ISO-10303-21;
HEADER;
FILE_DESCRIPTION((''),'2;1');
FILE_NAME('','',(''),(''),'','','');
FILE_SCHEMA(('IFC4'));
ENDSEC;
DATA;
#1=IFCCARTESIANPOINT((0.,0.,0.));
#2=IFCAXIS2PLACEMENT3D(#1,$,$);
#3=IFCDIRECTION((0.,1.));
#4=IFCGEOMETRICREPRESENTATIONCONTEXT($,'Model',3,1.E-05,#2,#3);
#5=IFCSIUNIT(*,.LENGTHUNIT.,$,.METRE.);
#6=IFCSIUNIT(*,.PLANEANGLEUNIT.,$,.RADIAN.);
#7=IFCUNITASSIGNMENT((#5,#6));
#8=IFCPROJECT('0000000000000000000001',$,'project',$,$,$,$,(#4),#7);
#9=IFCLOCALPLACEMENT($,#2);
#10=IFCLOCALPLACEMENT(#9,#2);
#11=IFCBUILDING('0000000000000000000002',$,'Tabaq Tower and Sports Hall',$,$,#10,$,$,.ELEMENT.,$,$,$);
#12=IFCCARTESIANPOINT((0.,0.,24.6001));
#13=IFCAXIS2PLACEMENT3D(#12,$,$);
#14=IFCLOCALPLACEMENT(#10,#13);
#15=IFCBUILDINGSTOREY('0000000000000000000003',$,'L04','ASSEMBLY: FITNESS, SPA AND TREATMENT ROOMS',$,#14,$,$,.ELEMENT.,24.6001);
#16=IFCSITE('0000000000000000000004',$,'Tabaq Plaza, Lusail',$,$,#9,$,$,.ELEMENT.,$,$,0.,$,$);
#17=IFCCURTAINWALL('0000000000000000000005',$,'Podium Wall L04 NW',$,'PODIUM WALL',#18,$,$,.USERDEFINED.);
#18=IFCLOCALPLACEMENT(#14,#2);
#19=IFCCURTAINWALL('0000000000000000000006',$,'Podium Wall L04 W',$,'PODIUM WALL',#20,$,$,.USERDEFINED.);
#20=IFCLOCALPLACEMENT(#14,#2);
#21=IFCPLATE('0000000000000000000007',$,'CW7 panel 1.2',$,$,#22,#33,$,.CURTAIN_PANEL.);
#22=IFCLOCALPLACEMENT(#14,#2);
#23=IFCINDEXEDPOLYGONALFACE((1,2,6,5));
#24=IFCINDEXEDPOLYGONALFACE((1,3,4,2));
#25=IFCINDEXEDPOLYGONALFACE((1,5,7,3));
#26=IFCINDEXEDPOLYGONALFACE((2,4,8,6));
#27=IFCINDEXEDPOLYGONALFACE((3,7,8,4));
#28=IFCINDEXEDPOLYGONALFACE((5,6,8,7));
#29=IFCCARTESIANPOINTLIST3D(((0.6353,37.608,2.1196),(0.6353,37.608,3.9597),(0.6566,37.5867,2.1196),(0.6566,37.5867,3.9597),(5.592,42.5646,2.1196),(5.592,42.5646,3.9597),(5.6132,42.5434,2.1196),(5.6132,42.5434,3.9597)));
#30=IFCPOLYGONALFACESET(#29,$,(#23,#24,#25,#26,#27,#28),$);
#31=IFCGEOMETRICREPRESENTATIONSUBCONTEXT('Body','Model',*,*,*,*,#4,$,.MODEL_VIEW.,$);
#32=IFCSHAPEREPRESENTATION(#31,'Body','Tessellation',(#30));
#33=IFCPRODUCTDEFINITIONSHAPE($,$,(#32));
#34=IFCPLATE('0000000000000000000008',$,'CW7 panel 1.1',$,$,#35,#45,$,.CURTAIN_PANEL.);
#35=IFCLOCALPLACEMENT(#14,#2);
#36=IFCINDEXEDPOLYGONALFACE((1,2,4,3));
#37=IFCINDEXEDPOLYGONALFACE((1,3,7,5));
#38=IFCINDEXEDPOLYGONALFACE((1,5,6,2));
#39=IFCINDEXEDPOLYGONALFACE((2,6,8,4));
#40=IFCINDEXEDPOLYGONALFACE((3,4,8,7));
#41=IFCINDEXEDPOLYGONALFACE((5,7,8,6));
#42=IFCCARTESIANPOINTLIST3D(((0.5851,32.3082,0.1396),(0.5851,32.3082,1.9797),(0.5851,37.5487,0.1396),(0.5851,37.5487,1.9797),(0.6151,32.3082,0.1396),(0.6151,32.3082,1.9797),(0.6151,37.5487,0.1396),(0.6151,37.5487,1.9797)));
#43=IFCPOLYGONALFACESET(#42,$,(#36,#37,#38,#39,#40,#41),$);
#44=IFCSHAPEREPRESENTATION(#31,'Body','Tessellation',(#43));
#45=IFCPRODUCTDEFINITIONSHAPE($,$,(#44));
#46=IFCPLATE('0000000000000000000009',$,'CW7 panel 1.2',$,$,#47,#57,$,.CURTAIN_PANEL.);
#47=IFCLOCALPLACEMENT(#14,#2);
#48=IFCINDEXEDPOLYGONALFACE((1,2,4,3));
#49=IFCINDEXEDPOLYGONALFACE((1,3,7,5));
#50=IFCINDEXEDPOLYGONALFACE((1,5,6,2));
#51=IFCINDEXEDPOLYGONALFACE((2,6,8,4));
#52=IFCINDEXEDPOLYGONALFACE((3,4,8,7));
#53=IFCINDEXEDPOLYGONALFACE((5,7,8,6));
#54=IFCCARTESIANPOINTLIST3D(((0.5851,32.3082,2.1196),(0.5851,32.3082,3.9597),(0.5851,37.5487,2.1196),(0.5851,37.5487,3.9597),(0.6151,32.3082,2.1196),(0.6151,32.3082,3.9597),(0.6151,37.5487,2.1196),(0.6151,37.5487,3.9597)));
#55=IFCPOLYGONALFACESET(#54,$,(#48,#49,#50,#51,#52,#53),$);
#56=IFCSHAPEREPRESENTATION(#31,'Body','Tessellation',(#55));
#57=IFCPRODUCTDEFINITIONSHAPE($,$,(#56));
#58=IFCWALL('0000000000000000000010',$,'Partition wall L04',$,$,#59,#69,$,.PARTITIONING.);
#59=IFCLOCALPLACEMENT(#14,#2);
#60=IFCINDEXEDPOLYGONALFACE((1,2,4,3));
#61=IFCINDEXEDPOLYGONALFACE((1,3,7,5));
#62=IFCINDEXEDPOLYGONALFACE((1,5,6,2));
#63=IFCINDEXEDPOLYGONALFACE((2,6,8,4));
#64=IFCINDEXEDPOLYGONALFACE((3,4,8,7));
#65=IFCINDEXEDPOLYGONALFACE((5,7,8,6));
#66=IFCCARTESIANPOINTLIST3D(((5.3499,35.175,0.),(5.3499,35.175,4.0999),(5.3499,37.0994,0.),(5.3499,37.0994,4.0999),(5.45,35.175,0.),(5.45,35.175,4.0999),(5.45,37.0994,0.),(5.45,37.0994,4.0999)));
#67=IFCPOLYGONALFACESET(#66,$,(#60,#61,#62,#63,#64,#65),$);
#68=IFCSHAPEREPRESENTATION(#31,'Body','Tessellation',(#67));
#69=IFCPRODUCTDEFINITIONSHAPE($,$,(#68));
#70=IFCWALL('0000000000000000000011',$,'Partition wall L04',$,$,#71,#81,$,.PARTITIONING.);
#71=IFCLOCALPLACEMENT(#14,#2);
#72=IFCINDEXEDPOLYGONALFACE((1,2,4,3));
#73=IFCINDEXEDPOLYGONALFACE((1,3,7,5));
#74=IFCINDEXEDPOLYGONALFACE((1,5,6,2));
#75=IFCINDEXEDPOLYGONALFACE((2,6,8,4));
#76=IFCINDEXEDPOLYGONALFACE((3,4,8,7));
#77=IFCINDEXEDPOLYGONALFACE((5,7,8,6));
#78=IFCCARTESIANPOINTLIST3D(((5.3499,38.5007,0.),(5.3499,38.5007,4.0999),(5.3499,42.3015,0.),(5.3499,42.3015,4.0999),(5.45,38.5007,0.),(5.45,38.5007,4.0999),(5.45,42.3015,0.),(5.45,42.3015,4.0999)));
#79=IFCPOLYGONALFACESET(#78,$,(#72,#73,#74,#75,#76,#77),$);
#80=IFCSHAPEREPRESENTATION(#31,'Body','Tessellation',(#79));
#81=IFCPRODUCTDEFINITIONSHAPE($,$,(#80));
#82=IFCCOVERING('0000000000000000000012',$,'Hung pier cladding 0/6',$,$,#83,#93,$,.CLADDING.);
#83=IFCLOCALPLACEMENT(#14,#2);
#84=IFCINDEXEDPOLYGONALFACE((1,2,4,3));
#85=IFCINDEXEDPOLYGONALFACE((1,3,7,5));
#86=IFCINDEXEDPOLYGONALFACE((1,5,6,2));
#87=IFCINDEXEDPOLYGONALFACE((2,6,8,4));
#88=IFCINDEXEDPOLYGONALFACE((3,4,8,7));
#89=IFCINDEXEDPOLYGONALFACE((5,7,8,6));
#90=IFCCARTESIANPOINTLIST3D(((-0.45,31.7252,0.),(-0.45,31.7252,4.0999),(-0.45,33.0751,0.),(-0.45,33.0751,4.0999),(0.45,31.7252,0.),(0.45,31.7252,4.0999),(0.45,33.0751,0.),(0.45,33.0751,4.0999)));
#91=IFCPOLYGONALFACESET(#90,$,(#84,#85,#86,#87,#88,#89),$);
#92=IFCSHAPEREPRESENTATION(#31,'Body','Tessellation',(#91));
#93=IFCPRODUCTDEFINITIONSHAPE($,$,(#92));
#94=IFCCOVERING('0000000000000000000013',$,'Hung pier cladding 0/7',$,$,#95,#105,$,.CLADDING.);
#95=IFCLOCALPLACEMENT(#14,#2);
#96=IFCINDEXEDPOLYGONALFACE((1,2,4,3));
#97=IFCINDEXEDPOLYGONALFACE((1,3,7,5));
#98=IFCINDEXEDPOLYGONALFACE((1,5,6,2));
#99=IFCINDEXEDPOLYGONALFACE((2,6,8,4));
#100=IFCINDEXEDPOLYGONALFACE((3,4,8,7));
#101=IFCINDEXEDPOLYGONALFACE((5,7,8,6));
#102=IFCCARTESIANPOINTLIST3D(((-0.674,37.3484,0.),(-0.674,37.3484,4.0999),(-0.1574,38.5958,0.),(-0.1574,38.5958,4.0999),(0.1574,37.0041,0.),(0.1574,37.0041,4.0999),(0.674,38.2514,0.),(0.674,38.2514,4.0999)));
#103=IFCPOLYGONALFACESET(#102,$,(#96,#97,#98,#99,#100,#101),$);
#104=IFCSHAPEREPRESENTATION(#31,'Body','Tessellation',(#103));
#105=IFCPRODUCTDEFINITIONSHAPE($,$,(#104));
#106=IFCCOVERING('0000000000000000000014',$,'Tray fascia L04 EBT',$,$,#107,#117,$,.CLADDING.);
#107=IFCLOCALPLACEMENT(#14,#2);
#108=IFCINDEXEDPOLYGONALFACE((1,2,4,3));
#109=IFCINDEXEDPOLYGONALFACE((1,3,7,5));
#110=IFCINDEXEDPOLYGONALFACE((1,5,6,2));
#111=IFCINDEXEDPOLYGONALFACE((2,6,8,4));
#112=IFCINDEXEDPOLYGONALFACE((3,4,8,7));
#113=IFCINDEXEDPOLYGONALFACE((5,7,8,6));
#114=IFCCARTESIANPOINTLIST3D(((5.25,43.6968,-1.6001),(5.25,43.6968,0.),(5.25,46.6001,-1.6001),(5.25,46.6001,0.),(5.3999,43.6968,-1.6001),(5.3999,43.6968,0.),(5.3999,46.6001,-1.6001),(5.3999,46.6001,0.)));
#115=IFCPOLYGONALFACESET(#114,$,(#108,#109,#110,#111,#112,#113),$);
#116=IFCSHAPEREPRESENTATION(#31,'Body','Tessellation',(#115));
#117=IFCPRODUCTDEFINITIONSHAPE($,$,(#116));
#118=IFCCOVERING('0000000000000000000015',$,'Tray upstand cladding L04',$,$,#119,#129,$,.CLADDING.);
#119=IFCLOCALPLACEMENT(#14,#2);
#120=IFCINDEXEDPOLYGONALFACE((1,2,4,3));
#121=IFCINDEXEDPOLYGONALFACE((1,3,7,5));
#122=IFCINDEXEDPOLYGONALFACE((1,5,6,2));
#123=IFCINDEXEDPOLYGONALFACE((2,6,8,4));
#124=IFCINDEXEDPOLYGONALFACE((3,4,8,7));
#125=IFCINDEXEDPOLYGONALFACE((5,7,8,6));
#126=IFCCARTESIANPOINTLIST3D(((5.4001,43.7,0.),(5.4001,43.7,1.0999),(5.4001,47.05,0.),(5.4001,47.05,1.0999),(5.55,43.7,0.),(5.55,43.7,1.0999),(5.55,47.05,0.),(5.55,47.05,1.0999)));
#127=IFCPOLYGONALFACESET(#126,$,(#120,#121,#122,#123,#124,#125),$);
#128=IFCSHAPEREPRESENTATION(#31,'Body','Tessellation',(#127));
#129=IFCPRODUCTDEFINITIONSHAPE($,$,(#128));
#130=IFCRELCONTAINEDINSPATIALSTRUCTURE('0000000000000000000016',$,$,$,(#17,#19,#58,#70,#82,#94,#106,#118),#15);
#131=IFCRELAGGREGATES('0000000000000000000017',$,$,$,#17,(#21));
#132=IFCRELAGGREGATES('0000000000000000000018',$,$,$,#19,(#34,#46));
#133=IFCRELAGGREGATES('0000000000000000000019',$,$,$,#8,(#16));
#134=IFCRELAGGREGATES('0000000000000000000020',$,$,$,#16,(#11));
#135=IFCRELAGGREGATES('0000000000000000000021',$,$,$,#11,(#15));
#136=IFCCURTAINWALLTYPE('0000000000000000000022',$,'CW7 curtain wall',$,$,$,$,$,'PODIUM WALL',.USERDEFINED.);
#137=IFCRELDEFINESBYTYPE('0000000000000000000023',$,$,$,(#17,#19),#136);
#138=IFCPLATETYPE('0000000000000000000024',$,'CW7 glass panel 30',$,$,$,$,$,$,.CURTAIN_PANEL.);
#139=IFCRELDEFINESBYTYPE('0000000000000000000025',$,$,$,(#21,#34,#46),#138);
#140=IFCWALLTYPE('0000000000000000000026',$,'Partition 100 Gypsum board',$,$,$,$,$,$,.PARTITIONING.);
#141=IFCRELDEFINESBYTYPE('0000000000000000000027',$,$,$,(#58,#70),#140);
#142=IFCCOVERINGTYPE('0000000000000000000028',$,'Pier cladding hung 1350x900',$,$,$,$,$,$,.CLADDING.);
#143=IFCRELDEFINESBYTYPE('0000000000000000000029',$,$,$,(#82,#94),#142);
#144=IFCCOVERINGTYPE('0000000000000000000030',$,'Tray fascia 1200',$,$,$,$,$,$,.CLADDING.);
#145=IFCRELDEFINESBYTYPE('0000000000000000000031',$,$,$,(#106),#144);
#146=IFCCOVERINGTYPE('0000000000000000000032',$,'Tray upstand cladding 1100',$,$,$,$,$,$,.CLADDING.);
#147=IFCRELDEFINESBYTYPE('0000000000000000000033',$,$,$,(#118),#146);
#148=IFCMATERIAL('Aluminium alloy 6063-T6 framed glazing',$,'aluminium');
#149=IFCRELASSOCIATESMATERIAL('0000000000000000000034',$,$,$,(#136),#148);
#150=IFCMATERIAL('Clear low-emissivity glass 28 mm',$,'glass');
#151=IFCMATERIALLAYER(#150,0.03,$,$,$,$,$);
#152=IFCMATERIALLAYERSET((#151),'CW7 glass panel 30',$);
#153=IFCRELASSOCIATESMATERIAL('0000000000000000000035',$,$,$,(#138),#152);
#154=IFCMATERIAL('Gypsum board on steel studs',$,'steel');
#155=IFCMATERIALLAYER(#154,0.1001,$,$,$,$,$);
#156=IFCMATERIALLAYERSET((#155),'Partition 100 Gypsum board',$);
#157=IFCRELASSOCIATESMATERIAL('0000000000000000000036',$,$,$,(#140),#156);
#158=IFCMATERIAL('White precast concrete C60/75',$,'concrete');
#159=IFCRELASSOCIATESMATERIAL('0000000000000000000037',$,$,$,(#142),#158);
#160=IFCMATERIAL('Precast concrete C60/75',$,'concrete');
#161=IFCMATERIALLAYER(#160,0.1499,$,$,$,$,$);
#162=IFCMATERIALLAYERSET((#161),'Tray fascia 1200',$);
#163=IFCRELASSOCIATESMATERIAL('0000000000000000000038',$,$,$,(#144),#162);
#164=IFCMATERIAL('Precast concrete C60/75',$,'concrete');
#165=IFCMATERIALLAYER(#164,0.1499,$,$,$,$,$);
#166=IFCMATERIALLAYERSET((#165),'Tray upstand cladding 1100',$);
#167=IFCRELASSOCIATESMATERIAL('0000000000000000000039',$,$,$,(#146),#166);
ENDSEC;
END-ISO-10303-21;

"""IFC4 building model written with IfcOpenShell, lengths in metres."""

from ifc_helpers import new_model, si_unit, direction, frame, frame_2d, origin, origin_2d, place, context, subcontext, project, spatial, rectangle, extrude, material, layer, layer_set, type_object, element, aggregate, save


model = new_model("IFC4")

# Units and contexts
model_context = context("Model", 3, precision=1e-05, world=origin(), true_north=direction((0.0, 1.0)))
body_context = subcontext(model_context, "Body", "Model", "MODEL_VIEW")
ifc_project = project(units=[si_unit("LENGTHUNIT", "METRE"), si_unit("PLANEANGLEUNIT", "RADIAN")], contexts=[model_context])

# Site, building, storey
site_placement = place(None, origin())
site = spatial("IfcSite", under=ifc_project, at=site_placement, Name="Tabaq Plaza, Lusail", CompositionType="ELEMENT", RefElevation=0.0)
building_placement = place(site_placement, origin())
building = spatial("IfcBuilding", under=site, at=building_placement, Name="Tabaq Tower and Sports Hall", CompositionType="ELEMENT")
storey_placement = place(building_placement, frame((0.0, 0.0, 24.6001)))
storey = spatial("IfcBuildingStorey", under=building, at=storey_placement, Name="L04", Description="ASSEMBLY: FITNESS, SPA AND TREATMENT ROOMS", CompositionType="ELEMENT", Elevation=24.6001)

# Curtain walls
ifc_material_1 = material(Name="Aluminium alloy 6063-T6 framed glazing", Category="aluminium")
curtain_wall_type = type_object("IfcCurtainWallType", Name="CW7 curtain wall", ElementType="PODIUM WALL", PredefinedType="USERDEFINED", material=ifc_material_1)
curtain_wall_1_placement = place(storey_placement, origin())
curtain_wall_1 = element("IfcCurtainWall", 1, at=curtain_wall_1_placement, inside=storey, type_object=curtain_wall_type, Name="Podium Wall L04 NW", ObjectType="PODIUM WALL", PredefinedType="USERDEFINED")
curtain_wall_2_placement = place(storey_placement, origin())
curtain_wall_2 = element("IfcCurtainWall", 2, at=curtain_wall_2_placement, inside=storey, type_object=curtain_wall_type, Name="Podium Wall L04 W", ObjectType="PODIUM WALL", PredefinedType="USERDEFINED")

# Plates
ifc_material_2 = material(Name="Clear low-emissivity glass 28 mm", Category="glass")
ifc_layer_1 = layer(ifc_material_2, 0.03)
ifc_layer_set_1 = layer_set([ifc_layer_1], Name="CW7 glass panel 30")
plate_type = type_object("IfcPlateType", Name="CW7 glass panel 30", PredefinedType="CURTAIN_PANEL", material=ifc_layer_set_1)
plate_1_placement = place(storey_placement, frame((3.1243, 40.0757, 2.1196), z_axis=(0.0, 0.0, 1.0), x_axis=(-0.707107, -0.707107, 0.0)))
plate_1 = element("IfcPlate", 3, at=plate_1_placement, type_object=plate_type, Name="CW7 panel 1.2", PredefinedType="CURTAIN_PANEL", context=body_context, shape_type="SweptSolid", body=[
    extrude(rectangle(XDim=7.0098, YDim=0.03, at=origin_2d()), origin(), (0.0, 0.0, 1.0), 1.8401),
])
aggregate(curtain_wall_1, [plate_1])
plate_2_placement = place(storey_placement, frame((0.6001, 34.9285, 0.1396), z_axis=(0.0, 0.0, 1.0), x_axis=(0.0, -1.0, 0.0)))
plate_2 = element("IfcPlate", 4, at=plate_2_placement, type_object=plate_type, Name="CW7 panel 1.1", PredefinedType="CURTAIN_PANEL", context=body_context, shape_type="SweptSolid", body=[
    extrude(rectangle(XDim=5.2405, YDim=0.03, at=origin_2d()), origin(), (0.0, 0.0, 1.0), 1.8401),
])
plate_3_placement = place(storey_placement, frame((0.6001, 34.9285, 2.1196), z_axis=(0.0, 0.0, 1.0), x_axis=(0.0, -1.0, 0.0)))
plate_3 = element("IfcPlate", 5, at=plate_3_placement, type_object=plate_type, Name="CW7 panel 1.2", PredefinedType="CURTAIN_PANEL", context=body_context, shape_type="SweptSolid", body=[
    extrude(rectangle(XDim=5.2405, YDim=0.03, at=origin_2d()), origin(), (0.0, 0.0, 1.0), 1.8401),
])
aggregate(curtain_wall_2, [plate_2, plate_3])

# Walls
ifc_material_3 = material(Name="Gypsum board on steel studs", Category="steel")
ifc_layer_2 = layer(ifc_material_3, 0.1001)
ifc_layer_set_2 = layer_set([ifc_layer_2], Name="Partition 100 Gypsum board")
wall_type = type_object("IfcWallType", Name="Partition 100 Gypsum board", PredefinedType="PARTITIONING", material=ifc_layer_set_2)
wall_1_placement = place(storey_placement, frame((5.3999, 35.175, 0.0), z_axis=(0.0, 0.0, 1.0), x_axis=(0.0, 1.0, 0.0)))
element("IfcWall", 6, at=wall_1_placement, inside=storey, type_object=wall_type, Name="Partition wall L04", PredefinedType="PARTITIONING", context=body_context, shape_type="SweptSolid", body=[
    extrude(rectangle(XDim=1.9243, YDim=0.1001, at=frame_2d((0.9622, 0.0))), origin(), (0.0, 0.0, 1.0), 4.0999),
])
wall_2_placement = place(storey_placement, frame((5.3999, 38.5007, 0.0), z_axis=(0.0, 0.0, 1.0), x_axis=(0.0, 1.0, 0.0)))
element("IfcWall", 7, at=wall_2_placement, inside=storey, type_object=wall_type, Name="Partition wall L04", PredefinedType="PARTITIONING", context=body_context, shape_type="SweptSolid", body=[
    extrude(rectangle(XDim=3.8008, YDim=0.1001, at=frame_2d((1.9004, 0.0))), origin(), (0.0, 0.0, 1.0), 4.0999),
])

# Coverings
ifc_material_4 = material(Name="White precast concrete C60/75", Category="concrete")
covering_type_1 = type_object("IfcCoveringType", Name="Pier cladding hung 1350x900", PredefinedType="CLADDING", material=ifc_material_4)
covering_1_placement = place(storey_placement, frame((0.0, 33.075, 0.0), z_axis=(0.0, 0.0, 1.0), x_axis=(0.0, -1.0, 0.0)))
element("IfcCovering", 8, at=covering_1_placement, inside=storey, type_object=covering_type_1, Name="Hung pier cladding 0/6", PredefinedType="CLADDING", context=body_context, shape_type="SweptSolid", body=[
    extrude(rectangle(XDim=1.3499, YDim=0.8999, at=frame_2d((0.6748, 0.0))), origin(), (0.0, 0.0, 1.0), 4.0999),
])
covering_2_placement = place(storey_placement, frame((0.2583, 38.4236, 0.0), z_axis=(0.0, 0.0, 1.0), x_axis=(-0.38265, -0.923893, 0.0)))
element("IfcCovering", 9, at=covering_2_placement, inside=storey, type_object=covering_type_1, Name="Hung pier cladding 0/7", PredefinedType="CLADDING", context=body_context, shape_type="SweptSolid", body=[
    extrude(rectangle(XDim=1.3501, YDim=0.8999, at=frame_2d((0.675, 0.0))), origin(), (0.0, 0.0, 1.0), 4.0999),
])
ifc_material_5 = material(Name="Precast concrete C60/75", Category="concrete")
ifc_layer_3 = layer(ifc_material_5, 0.1499)
ifc_layer_set_3 = layer_set([ifc_layer_3], Name="Tray fascia 1200")
covering_type_2 = type_object("IfcCoveringType", Name="Tray fascia 1200", PredefinedType="CLADDING", material=ifc_layer_set_3)
covering_3_placement = place(storey_placement, frame((5.325, 43.6968, -1.6001), z_axis=(0.0, 0.0, 1.0), x_axis=(0.0, 1.0, 0.0)))
element("IfcCovering", 10, at=covering_3_placement, inside=storey, type_object=covering_type_2, Name="Tray fascia L04 EBT", PredefinedType="CLADDING", context=body_context, shape_type="SweptSolid", body=[
    extrude(rectangle(XDim=2.9033, YDim=0.1499, at=frame_2d((1.4517, 0.0))), origin(), (0.0, 0.0, 1.0), 1.6001),
])
ifc_material_6 = material(Name="Precast concrete C60/75", Category="concrete")
ifc_layer_4 = layer(ifc_material_6, 0.1499)
ifc_layer_set_4 = layer_set([ifc_layer_4], Name="Tray upstand cladding 1100")
covering_type_3 = type_object("IfcCoveringType", Name="Tray upstand cladding 1100", PredefinedType="CLADDING", material=ifc_layer_set_4)
covering_4_placement = place(storey_placement, frame((5.4751, 43.7, 0.0), z_axis=(0.0, 0.0, 1.0), x_axis=(0.0, 1.0, 0.0)))
element("IfcCovering", 11, at=covering_4_placement, inside=storey, type_object=covering_type_3, Name="Tray upstand cladding L04", PredefinedType="CLADDING", context=body_context, shape_type="SweptSolid", body=[
    extrude(rectangle(XDim=3.3501, YDim=0.1499, at=frame_2d((1.675, 0.0))), origin(), (0.0, 0.0, 1.0), 1.0999),
])

save(model, "model.ifc")
